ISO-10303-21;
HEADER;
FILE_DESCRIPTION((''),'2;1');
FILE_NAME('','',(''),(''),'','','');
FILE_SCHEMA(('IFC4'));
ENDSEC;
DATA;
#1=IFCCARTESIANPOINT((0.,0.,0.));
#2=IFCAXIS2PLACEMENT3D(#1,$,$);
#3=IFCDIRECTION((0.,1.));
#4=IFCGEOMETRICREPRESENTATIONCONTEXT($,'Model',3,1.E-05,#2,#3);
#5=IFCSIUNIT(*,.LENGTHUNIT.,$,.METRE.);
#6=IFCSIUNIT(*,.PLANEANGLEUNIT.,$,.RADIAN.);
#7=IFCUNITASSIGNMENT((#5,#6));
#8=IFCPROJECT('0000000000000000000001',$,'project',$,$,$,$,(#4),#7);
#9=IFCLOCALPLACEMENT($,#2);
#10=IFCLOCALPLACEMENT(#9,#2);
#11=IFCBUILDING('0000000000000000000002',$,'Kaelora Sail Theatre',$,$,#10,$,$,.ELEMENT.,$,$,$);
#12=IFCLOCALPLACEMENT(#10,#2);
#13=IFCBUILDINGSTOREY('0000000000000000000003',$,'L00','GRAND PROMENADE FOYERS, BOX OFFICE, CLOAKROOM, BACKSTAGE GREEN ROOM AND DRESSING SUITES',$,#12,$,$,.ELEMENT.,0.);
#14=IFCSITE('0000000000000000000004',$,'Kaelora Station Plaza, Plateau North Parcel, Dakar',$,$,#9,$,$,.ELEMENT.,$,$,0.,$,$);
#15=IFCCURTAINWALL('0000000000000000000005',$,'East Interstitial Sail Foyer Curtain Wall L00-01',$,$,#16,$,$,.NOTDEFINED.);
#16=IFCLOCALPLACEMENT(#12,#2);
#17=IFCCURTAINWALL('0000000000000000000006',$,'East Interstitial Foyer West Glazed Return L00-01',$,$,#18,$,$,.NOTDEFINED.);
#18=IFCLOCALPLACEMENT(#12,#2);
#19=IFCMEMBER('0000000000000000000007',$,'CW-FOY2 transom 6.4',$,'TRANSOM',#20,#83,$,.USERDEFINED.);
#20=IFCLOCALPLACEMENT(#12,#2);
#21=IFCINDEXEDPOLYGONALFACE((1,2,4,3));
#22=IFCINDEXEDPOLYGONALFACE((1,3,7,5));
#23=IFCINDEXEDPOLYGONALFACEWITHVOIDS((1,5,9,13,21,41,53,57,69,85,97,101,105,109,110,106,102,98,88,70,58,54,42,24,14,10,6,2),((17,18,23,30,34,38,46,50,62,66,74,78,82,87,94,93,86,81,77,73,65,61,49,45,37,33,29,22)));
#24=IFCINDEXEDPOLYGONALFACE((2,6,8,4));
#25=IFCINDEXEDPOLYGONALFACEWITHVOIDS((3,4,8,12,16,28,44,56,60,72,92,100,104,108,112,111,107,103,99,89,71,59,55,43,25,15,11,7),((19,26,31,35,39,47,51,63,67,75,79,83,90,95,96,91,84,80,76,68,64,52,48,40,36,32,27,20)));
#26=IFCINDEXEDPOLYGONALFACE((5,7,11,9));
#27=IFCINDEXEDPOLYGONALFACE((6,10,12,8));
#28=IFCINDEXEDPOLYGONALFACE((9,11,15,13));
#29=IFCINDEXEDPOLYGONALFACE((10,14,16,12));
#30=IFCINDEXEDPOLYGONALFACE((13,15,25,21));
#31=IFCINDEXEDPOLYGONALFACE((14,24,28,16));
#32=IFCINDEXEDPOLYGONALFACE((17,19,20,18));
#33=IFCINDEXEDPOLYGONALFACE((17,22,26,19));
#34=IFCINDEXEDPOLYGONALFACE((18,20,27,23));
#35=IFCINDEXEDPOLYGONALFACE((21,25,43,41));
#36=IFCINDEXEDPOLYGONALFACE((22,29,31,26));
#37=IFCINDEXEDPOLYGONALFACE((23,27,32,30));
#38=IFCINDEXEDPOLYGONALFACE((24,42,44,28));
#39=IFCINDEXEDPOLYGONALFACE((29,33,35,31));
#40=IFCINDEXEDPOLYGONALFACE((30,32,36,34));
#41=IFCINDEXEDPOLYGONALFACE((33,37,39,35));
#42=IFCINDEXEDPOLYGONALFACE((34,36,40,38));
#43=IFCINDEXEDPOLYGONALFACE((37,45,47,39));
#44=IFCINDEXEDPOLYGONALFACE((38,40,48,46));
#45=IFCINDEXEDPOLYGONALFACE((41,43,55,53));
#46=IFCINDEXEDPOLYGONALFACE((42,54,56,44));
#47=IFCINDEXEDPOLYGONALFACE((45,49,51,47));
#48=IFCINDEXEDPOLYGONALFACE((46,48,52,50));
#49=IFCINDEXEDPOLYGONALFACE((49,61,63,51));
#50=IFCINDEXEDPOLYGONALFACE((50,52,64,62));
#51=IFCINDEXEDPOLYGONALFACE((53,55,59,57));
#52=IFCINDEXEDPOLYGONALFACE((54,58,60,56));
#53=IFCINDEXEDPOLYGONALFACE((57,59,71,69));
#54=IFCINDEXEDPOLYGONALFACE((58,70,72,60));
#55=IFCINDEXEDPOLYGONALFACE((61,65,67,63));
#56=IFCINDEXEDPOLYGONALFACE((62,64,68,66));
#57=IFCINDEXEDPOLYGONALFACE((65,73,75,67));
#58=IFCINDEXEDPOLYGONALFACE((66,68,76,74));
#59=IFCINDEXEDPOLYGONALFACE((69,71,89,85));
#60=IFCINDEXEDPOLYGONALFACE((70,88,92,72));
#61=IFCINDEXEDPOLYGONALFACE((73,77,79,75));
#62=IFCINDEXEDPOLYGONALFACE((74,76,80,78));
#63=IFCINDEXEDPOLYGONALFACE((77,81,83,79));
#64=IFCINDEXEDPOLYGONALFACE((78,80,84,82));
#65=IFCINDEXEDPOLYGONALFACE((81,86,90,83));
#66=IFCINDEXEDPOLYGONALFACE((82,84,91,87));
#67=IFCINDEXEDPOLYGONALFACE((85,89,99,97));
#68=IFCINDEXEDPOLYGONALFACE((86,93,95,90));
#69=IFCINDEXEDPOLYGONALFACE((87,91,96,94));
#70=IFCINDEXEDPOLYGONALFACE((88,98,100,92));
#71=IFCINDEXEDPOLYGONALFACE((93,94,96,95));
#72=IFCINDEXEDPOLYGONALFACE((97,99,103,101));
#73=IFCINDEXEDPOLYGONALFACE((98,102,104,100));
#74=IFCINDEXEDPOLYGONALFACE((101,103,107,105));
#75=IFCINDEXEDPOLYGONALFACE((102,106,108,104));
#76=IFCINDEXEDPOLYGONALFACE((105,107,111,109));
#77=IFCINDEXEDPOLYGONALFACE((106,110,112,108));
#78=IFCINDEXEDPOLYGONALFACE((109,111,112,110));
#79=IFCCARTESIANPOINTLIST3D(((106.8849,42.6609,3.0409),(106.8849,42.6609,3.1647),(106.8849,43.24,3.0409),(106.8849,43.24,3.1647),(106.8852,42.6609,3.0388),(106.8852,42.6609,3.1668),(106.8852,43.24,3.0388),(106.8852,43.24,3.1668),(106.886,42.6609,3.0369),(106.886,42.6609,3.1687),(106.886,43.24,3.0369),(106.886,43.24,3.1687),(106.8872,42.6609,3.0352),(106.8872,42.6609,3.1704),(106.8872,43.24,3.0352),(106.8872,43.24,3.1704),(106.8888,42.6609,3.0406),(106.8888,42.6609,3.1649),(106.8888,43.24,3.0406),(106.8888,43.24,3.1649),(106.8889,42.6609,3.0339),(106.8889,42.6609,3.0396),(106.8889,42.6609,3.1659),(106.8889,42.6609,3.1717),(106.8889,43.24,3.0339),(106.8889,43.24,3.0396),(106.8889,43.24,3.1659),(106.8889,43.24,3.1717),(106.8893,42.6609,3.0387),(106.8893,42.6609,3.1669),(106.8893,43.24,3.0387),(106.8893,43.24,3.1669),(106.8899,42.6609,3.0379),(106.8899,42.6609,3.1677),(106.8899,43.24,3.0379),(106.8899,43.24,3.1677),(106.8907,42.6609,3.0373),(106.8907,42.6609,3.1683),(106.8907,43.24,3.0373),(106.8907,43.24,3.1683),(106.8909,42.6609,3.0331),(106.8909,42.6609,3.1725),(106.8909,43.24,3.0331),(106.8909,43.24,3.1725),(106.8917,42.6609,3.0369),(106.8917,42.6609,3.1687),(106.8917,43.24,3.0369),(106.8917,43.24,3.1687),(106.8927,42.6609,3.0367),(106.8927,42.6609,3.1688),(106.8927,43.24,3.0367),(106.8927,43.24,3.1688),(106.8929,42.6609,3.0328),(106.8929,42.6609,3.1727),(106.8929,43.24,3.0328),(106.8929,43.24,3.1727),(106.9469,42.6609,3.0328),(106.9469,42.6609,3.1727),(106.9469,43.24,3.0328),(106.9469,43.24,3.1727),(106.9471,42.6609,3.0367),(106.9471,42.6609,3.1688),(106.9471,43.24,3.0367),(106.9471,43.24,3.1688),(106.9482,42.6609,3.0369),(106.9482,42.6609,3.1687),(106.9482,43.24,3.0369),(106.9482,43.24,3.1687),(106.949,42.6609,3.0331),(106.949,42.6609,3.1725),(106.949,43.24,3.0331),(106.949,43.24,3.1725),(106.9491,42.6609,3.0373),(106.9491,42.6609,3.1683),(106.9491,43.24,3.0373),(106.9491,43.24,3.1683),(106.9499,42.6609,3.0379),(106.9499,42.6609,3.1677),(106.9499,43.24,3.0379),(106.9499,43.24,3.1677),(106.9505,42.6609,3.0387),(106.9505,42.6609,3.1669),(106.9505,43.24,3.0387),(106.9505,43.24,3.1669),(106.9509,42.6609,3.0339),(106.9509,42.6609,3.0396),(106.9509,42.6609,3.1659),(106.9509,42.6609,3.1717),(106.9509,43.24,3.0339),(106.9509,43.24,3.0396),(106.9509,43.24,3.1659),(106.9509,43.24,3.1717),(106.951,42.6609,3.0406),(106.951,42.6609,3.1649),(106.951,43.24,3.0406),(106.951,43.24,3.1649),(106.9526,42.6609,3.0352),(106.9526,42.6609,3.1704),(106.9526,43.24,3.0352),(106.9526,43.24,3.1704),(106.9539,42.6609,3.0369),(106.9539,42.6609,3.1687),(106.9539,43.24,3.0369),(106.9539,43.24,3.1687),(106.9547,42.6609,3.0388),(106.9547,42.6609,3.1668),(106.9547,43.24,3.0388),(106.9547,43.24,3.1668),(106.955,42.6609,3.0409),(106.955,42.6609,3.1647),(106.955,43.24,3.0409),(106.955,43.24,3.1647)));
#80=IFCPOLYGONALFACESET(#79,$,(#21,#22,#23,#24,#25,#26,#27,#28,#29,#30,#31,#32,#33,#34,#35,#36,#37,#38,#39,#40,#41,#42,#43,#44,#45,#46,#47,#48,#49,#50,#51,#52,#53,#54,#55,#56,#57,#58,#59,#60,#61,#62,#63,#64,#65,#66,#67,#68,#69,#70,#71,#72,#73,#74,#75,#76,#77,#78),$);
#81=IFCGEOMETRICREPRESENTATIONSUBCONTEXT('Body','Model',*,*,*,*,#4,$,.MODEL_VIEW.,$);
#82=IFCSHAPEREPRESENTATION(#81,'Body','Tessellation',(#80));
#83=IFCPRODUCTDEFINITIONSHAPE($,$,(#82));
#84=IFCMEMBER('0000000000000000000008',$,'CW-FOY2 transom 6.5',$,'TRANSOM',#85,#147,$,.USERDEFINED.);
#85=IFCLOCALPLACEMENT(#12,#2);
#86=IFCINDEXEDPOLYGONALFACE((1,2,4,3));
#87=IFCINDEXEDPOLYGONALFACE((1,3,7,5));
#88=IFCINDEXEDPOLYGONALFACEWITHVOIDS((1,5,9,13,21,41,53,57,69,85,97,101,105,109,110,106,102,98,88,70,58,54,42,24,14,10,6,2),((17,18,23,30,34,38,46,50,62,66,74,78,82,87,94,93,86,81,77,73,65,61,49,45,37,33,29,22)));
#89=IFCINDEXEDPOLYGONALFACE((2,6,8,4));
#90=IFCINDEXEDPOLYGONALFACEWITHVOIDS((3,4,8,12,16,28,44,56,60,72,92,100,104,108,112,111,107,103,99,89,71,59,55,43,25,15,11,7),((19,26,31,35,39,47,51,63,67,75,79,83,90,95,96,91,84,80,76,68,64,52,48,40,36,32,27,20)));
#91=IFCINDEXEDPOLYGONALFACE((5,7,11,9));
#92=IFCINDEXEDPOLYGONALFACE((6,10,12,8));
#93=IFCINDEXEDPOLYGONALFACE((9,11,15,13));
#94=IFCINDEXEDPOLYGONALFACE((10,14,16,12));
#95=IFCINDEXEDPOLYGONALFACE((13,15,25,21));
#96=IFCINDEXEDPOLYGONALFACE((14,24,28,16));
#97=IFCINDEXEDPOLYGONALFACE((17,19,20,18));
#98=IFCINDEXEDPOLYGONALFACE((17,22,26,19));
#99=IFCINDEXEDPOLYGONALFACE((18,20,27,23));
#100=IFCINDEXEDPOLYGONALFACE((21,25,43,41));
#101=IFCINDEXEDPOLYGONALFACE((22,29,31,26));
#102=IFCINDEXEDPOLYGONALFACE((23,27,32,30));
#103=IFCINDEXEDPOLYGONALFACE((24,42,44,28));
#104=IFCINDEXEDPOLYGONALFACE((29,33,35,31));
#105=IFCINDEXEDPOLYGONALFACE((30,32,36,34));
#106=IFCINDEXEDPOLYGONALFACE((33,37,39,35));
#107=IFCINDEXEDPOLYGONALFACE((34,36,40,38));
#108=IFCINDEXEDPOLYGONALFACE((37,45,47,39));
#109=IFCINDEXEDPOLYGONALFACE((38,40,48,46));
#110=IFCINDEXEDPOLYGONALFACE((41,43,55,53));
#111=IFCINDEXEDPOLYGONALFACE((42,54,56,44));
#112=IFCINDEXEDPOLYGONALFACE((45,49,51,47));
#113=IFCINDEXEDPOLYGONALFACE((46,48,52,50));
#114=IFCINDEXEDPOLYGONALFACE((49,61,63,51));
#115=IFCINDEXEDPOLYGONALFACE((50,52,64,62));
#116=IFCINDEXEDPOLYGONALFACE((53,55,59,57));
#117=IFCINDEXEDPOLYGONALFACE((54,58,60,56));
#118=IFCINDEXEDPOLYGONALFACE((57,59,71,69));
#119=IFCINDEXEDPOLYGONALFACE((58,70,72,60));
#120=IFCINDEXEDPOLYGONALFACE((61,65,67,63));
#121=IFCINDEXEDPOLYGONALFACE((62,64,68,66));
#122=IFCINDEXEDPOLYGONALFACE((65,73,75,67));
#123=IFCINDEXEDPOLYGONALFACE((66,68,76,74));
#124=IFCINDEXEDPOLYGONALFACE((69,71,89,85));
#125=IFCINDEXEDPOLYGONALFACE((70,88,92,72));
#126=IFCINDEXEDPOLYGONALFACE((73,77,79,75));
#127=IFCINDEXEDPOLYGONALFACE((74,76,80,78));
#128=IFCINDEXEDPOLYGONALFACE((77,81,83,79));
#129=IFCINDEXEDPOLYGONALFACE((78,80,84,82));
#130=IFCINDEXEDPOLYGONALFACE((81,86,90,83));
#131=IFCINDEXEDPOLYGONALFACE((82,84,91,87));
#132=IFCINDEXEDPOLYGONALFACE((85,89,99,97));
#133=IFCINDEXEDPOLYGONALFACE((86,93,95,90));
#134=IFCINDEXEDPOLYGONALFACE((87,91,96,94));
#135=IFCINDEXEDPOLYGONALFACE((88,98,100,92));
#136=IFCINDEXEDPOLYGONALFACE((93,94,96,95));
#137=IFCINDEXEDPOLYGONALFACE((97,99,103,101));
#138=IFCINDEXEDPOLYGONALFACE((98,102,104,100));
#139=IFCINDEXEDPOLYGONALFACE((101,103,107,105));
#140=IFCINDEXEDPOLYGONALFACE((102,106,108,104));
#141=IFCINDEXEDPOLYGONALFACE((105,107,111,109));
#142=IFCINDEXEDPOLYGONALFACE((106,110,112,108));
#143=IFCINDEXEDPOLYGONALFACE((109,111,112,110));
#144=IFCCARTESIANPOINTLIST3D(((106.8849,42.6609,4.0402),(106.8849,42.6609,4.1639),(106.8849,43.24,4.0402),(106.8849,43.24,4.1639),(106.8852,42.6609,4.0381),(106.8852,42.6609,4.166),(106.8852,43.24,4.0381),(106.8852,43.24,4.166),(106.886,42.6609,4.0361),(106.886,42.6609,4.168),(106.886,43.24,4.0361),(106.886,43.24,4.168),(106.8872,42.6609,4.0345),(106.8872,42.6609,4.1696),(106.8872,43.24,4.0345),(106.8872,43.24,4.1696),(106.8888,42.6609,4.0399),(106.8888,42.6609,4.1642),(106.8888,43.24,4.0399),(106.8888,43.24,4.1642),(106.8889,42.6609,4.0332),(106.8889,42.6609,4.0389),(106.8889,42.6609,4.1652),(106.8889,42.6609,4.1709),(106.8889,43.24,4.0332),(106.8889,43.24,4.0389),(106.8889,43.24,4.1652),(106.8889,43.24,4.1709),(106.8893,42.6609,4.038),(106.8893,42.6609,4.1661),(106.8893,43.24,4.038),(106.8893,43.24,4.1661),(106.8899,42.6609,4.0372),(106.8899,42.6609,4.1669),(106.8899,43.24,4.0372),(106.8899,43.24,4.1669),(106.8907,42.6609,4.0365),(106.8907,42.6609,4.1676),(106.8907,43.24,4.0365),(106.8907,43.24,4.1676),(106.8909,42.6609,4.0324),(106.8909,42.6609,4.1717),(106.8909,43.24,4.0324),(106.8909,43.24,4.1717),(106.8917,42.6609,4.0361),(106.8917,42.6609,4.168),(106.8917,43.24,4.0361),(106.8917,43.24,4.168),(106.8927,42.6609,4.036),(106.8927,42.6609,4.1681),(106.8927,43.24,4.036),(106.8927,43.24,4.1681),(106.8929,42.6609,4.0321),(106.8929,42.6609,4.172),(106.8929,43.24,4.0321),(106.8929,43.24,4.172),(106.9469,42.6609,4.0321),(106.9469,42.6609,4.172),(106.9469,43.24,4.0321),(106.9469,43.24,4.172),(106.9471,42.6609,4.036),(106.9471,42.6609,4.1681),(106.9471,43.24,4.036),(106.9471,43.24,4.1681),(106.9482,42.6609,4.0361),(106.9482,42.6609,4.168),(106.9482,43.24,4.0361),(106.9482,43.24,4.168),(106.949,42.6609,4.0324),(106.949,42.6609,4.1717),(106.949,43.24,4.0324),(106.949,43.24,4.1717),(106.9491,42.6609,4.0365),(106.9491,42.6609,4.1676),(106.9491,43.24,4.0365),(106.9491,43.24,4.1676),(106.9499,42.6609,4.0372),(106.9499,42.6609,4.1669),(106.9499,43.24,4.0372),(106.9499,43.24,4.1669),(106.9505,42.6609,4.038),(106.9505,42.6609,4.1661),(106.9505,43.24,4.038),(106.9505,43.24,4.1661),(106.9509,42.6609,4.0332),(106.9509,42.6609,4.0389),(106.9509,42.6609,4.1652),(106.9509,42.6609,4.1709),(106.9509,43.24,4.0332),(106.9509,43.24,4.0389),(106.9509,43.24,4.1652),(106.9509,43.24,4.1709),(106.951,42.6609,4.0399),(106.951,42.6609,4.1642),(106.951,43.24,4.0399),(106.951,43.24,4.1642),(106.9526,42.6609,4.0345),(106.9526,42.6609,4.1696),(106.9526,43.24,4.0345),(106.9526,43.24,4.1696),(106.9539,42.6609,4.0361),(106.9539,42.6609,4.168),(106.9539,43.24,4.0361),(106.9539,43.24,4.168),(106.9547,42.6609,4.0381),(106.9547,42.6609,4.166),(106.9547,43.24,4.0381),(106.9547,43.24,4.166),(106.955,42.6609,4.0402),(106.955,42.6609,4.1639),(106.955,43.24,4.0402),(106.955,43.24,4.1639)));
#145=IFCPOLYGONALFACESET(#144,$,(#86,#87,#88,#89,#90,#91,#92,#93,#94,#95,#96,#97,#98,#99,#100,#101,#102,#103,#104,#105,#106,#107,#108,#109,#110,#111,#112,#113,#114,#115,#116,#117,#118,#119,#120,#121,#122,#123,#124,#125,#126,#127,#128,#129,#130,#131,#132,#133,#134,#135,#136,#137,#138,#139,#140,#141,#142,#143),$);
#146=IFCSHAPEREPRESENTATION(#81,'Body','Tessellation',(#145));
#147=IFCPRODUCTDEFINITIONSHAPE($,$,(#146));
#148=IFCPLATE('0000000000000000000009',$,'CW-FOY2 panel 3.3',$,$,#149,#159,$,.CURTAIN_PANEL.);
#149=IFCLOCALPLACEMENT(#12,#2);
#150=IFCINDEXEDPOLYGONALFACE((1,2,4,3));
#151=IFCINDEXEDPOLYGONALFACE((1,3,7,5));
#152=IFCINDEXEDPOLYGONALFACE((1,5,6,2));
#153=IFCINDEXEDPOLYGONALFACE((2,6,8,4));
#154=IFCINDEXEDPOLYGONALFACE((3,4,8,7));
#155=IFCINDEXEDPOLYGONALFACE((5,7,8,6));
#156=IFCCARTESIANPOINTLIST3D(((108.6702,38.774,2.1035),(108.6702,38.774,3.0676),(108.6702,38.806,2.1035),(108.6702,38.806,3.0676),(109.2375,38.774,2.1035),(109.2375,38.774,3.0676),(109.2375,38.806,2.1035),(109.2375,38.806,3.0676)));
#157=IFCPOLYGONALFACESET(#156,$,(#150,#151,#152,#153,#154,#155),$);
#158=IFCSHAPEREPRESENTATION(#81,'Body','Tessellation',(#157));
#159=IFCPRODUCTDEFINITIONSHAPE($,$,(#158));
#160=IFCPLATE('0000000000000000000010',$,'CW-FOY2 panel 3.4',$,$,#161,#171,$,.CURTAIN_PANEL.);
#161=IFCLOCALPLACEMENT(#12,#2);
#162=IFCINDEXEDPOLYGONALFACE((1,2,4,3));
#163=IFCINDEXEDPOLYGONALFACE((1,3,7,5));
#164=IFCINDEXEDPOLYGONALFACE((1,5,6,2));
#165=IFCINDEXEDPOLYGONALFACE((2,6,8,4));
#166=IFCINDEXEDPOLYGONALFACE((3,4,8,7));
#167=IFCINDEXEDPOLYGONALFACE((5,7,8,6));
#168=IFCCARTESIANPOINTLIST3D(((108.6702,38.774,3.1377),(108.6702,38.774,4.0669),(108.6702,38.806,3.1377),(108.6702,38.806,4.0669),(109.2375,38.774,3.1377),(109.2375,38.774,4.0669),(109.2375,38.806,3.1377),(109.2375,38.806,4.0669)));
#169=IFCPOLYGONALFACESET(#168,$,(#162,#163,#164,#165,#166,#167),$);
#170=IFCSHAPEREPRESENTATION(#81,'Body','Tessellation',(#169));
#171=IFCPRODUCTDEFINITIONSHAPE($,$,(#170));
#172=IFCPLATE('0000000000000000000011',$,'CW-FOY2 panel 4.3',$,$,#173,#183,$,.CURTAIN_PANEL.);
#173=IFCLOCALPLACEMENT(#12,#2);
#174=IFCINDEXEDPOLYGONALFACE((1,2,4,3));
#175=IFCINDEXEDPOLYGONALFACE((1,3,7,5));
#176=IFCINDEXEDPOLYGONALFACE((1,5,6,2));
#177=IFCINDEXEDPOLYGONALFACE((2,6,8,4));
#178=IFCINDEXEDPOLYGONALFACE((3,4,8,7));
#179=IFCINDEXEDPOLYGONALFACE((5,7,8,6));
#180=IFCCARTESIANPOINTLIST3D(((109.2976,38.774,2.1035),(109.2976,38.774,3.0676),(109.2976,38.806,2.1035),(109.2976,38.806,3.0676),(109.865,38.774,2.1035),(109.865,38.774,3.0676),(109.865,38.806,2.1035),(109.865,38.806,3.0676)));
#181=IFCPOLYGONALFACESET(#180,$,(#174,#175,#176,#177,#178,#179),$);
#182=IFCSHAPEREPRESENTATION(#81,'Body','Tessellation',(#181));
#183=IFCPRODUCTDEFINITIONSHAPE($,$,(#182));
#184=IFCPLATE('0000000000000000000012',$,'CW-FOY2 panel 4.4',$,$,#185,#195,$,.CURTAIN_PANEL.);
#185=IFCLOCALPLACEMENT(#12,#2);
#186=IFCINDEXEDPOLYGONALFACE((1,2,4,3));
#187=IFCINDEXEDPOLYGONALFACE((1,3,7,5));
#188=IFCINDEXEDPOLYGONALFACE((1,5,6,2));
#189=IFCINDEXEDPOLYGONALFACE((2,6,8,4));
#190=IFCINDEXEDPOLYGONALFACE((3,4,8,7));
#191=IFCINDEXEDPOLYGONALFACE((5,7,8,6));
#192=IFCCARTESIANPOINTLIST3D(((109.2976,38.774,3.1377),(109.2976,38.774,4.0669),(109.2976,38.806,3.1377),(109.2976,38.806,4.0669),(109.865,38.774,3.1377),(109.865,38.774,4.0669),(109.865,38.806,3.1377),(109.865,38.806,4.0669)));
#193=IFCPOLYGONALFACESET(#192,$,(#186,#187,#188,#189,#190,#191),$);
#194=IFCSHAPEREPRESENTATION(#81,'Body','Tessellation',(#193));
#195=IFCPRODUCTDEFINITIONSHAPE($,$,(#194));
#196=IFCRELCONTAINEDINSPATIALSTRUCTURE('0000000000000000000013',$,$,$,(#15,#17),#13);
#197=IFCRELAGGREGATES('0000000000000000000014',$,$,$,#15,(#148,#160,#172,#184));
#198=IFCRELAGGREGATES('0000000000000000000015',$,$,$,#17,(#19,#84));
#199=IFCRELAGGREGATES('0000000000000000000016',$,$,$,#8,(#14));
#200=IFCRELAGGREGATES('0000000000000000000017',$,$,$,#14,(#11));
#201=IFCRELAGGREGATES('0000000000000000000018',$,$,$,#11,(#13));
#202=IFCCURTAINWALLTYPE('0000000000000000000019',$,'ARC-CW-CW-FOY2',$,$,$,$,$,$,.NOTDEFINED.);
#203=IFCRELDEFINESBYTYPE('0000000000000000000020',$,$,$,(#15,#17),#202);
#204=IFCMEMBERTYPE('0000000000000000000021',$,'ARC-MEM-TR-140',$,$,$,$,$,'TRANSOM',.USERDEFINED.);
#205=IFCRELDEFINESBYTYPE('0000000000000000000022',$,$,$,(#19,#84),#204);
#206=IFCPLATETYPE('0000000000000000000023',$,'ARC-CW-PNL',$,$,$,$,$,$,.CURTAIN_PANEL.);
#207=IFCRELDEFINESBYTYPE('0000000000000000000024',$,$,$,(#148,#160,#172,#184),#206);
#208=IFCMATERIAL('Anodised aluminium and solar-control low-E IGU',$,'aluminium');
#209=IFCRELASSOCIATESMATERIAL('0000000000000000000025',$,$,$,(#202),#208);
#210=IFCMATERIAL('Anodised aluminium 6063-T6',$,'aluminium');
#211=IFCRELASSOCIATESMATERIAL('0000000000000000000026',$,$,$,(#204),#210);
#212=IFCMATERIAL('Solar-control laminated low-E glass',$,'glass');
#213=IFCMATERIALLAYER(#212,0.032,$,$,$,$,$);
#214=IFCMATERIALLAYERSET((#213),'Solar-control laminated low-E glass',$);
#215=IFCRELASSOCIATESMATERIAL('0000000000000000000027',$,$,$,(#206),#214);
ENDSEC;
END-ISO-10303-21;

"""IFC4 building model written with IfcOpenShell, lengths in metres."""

from ifc_helpers import new_model, si_unit, direction, frame, origin, origin_2d, place, context, subcontext, project, spatial, rectangle, hollow_rectangle, extrude, material, layer, layer_set, material_profile, profile_set, type_object, element, aggregate, save


model = new_model("IFC4")

# Units and contexts
model_context = context("Model", 3, precision=1e-05, world=origin(), true_north=direction((0.0, 1.0)))
body_context = subcontext(model_context, "Body", "Model", "MODEL_VIEW")
ifc_project = project(units=[si_unit("LENGTHUNIT", "METRE"), si_unit("PLANEANGLEUNIT", "RADIAN")], contexts=[model_context])

# Site, building, storey
site_placement = place(None, origin())
site = spatial("IfcSite", under=ifc_project, at=site_placement, Name="Kaelora Station Plaza, Plateau North Parcel, Dakar", CompositionType="ELEMENT", RefElevation=0.0)
building_placement = place(site_placement, origin())
building = spatial("IfcBuilding", under=site, at=building_placement, Name="Kaelora Sail Theatre", CompositionType="ELEMENT")
storey_placement = place(building_placement, origin())
storey = spatial("IfcBuildingStorey", under=building, at=storey_placement, Name="L00", Description="GRAND PROMENADE FOYERS, BOX OFFICE, CLOAKROOM, BACKSTAGE GREEN ROOM AND DRESSING SUITES", CompositionType="ELEMENT", Elevation=0.0)

# Curtain walls, members
ifc_material_1 = material(Name="Anodised aluminium and solar-control low-E IGU", Category="aluminium")
curtain_wall_type = type_object("IfcCurtainWallType", Name="ARC-CW-CW-FOY2", PredefinedType="NOTDEFINED", material=ifc_material_1)
curtain_wall_1_placement = place(storey_placement, origin())
curtain_wall_1 = element("IfcCurtainWall", 1, at=curtain_wall_1_placement, inside=storey, type_object=curtain_wall_type, Name="East Interstitial Sail Foyer Curtain Wall L00-01", PredefinedType="NOTDEFINED")
ifc_material_2 = material(Name="Anodised aluminium 6063-T6", Category="aluminium")
ifc_material_profile = material_profile(ifc_material_2, hollow_rectangle(XDim=0.0701, YDim=0.1399, WallThickness=0.0039, InnerFilletRadius=0.0039, OuterFilletRadius=0.0081, at=origin_2d()), Name="ALU-TRAN 70x140x4")
ifc_profile_set = profile_set([ifc_material_profile], Name="Anodised aluminium 6063-T6")
member_type = type_object("IfcMemberType", Name="ARC-MEM-TR-140", ElementType="TRANSOM", PredefinedType="USERDEFINED", material=ifc_profile_set)
curtain_wall_2_placement = place(storey_placement, origin())
curtain_wall_2 = element("IfcCurtainWall", 2, at=curtain_wall_2_placement, inside=storey, type_object=curtain_wall_type, Name="East Interstitial Foyer West Glazed Return L00-01", PredefinedType="NOTDEFINED")
member_1_placement = place(storey_placement, frame((106.9199, 42.6609, 3.1028), z_axis=(0.0, 1.0, 0.0), x_axis=(-1.0, 0.0, 0.0)))
member_1 = element("IfcMember", 3, at=member_1_placement, type_object=member_type, Name="CW-FOY2 transom 6.4", ObjectType="TRANSOM", PredefinedType="USERDEFINED", context=body_context, shape_type="SweptSolid", body=[
    extrude(hollow_rectangle(XDim=0.0701, YDim=0.1399, WallThickness=0.0039, InnerFilletRadius=0.0039, OuterFilletRadius=0.0081, at=origin_2d()), origin(), (0.0, 0.0, 1.0), 0.5791),
])
member_2_placement = place(storey_placement, frame((106.9199, 42.6609, 4.1021), z_axis=(0.0, 1.0, 0.0), x_axis=(-1.0, 0.0, 0.0)))
member_2 = element("IfcMember", 4, at=member_2_placement, type_object=member_type, Name="CW-FOY2 transom 6.5", ObjectType="TRANSOM", PredefinedType="USERDEFINED", context=body_context, shape_type="SweptSolid", body=[
    extrude(hollow_rectangle(XDim=0.0701, YDim=0.1399, WallThickness=0.0039, InnerFilletRadius=0.0039, OuterFilletRadius=0.0081, at=origin_2d()), origin(), (0.0, 0.0, 1.0), 0.5791),
])

# Plates
ifc_material_3 = material(Name="Solar-control laminated low-E glass", Category="glass")
ifc_layer = layer(ifc_material_3, 0.032)
ifc_layer_set = layer_set([ifc_layer], Name="Solar-control laminated low-E glass")
plate_type = type_object("IfcPlateType", Name="ARC-CW-PNL", PredefinedType="CURTAIN_PANEL", material=ifc_layer_set)
plate_1_placement = place(storey_placement, frame((108.9539, 38.79, 2.1035), z_axis=(0.0, 0.0, 1.0), x_axis=(1.0, 0.0, 0.0)))
plate_1 = element("IfcPlate", 5, at=plate_1_placement, type_object=plate_type, Name="CW-FOY2 panel 3.3", PredefinedType="CURTAIN_PANEL", context=body_context, shape_type="SweptSolid", body=[
    extrude(rectangle(XDim=0.5674, YDim=0.032, at=origin_2d()), origin(), (0.0, 0.0, 1.0), 0.9641),
])
plate_2_placement = place(storey_placement, frame((108.9539, 38.79, 3.1377), z_axis=(0.0, 0.0, 1.0), x_axis=(1.0, 0.0, 0.0)))
plate_2 = element("IfcPlate", 6, at=plate_2_placement, type_object=plate_type, Name="CW-FOY2 panel 3.4", PredefinedType="CURTAIN_PANEL", context=body_context, shape_type="SweptSolid", body=[
    extrude(rectangle(XDim=0.5674, YDim=0.032, at=origin_2d()), origin(), (0.0, 0.0, 1.0), 0.9292),
])
plate_3_placement = place(storey_placement, frame((109.5813, 38.79, 2.1035), z_axis=(0.0, 0.0, 1.0), x_axis=(1.0, 0.0, 0.0)))
plate_3 = element("IfcPlate", 7, at=plate_3_placement, type_object=plate_type, Name="CW-FOY2 panel 4.3", PredefinedType="CURTAIN_PANEL", context=body_context, shape_type="SweptSolid", body=[
    extrude(rectangle(XDim=0.5674, YDim=0.032, at=origin_2d()), origin(), (0.0, 0.0, 1.0), 0.9641),
])
plate_4_placement = place(storey_placement, frame((109.5813, 38.79, 3.1377), z_axis=(0.0, 0.0, 1.0), x_axis=(1.0, 0.0, 0.0)))
plate_4 = element("IfcPlate", 8, at=plate_4_placement, type_object=plate_type, Name="CW-FOY2 panel 4.4", PredefinedType="CURTAIN_PANEL", context=body_context, shape_type="SweptSolid", body=[
    extrude(rectangle(XDim=0.5674, YDim=0.032, at=origin_2d()), origin(), (0.0, 0.0, 1.0), 0.9292),
])
aggregate(curtain_wall_1, [plate_1, plate_2, plate_3, plate_4])
aggregate(curtain_wall_2, [member_1, member_2])

save(model, "model.ifc")
